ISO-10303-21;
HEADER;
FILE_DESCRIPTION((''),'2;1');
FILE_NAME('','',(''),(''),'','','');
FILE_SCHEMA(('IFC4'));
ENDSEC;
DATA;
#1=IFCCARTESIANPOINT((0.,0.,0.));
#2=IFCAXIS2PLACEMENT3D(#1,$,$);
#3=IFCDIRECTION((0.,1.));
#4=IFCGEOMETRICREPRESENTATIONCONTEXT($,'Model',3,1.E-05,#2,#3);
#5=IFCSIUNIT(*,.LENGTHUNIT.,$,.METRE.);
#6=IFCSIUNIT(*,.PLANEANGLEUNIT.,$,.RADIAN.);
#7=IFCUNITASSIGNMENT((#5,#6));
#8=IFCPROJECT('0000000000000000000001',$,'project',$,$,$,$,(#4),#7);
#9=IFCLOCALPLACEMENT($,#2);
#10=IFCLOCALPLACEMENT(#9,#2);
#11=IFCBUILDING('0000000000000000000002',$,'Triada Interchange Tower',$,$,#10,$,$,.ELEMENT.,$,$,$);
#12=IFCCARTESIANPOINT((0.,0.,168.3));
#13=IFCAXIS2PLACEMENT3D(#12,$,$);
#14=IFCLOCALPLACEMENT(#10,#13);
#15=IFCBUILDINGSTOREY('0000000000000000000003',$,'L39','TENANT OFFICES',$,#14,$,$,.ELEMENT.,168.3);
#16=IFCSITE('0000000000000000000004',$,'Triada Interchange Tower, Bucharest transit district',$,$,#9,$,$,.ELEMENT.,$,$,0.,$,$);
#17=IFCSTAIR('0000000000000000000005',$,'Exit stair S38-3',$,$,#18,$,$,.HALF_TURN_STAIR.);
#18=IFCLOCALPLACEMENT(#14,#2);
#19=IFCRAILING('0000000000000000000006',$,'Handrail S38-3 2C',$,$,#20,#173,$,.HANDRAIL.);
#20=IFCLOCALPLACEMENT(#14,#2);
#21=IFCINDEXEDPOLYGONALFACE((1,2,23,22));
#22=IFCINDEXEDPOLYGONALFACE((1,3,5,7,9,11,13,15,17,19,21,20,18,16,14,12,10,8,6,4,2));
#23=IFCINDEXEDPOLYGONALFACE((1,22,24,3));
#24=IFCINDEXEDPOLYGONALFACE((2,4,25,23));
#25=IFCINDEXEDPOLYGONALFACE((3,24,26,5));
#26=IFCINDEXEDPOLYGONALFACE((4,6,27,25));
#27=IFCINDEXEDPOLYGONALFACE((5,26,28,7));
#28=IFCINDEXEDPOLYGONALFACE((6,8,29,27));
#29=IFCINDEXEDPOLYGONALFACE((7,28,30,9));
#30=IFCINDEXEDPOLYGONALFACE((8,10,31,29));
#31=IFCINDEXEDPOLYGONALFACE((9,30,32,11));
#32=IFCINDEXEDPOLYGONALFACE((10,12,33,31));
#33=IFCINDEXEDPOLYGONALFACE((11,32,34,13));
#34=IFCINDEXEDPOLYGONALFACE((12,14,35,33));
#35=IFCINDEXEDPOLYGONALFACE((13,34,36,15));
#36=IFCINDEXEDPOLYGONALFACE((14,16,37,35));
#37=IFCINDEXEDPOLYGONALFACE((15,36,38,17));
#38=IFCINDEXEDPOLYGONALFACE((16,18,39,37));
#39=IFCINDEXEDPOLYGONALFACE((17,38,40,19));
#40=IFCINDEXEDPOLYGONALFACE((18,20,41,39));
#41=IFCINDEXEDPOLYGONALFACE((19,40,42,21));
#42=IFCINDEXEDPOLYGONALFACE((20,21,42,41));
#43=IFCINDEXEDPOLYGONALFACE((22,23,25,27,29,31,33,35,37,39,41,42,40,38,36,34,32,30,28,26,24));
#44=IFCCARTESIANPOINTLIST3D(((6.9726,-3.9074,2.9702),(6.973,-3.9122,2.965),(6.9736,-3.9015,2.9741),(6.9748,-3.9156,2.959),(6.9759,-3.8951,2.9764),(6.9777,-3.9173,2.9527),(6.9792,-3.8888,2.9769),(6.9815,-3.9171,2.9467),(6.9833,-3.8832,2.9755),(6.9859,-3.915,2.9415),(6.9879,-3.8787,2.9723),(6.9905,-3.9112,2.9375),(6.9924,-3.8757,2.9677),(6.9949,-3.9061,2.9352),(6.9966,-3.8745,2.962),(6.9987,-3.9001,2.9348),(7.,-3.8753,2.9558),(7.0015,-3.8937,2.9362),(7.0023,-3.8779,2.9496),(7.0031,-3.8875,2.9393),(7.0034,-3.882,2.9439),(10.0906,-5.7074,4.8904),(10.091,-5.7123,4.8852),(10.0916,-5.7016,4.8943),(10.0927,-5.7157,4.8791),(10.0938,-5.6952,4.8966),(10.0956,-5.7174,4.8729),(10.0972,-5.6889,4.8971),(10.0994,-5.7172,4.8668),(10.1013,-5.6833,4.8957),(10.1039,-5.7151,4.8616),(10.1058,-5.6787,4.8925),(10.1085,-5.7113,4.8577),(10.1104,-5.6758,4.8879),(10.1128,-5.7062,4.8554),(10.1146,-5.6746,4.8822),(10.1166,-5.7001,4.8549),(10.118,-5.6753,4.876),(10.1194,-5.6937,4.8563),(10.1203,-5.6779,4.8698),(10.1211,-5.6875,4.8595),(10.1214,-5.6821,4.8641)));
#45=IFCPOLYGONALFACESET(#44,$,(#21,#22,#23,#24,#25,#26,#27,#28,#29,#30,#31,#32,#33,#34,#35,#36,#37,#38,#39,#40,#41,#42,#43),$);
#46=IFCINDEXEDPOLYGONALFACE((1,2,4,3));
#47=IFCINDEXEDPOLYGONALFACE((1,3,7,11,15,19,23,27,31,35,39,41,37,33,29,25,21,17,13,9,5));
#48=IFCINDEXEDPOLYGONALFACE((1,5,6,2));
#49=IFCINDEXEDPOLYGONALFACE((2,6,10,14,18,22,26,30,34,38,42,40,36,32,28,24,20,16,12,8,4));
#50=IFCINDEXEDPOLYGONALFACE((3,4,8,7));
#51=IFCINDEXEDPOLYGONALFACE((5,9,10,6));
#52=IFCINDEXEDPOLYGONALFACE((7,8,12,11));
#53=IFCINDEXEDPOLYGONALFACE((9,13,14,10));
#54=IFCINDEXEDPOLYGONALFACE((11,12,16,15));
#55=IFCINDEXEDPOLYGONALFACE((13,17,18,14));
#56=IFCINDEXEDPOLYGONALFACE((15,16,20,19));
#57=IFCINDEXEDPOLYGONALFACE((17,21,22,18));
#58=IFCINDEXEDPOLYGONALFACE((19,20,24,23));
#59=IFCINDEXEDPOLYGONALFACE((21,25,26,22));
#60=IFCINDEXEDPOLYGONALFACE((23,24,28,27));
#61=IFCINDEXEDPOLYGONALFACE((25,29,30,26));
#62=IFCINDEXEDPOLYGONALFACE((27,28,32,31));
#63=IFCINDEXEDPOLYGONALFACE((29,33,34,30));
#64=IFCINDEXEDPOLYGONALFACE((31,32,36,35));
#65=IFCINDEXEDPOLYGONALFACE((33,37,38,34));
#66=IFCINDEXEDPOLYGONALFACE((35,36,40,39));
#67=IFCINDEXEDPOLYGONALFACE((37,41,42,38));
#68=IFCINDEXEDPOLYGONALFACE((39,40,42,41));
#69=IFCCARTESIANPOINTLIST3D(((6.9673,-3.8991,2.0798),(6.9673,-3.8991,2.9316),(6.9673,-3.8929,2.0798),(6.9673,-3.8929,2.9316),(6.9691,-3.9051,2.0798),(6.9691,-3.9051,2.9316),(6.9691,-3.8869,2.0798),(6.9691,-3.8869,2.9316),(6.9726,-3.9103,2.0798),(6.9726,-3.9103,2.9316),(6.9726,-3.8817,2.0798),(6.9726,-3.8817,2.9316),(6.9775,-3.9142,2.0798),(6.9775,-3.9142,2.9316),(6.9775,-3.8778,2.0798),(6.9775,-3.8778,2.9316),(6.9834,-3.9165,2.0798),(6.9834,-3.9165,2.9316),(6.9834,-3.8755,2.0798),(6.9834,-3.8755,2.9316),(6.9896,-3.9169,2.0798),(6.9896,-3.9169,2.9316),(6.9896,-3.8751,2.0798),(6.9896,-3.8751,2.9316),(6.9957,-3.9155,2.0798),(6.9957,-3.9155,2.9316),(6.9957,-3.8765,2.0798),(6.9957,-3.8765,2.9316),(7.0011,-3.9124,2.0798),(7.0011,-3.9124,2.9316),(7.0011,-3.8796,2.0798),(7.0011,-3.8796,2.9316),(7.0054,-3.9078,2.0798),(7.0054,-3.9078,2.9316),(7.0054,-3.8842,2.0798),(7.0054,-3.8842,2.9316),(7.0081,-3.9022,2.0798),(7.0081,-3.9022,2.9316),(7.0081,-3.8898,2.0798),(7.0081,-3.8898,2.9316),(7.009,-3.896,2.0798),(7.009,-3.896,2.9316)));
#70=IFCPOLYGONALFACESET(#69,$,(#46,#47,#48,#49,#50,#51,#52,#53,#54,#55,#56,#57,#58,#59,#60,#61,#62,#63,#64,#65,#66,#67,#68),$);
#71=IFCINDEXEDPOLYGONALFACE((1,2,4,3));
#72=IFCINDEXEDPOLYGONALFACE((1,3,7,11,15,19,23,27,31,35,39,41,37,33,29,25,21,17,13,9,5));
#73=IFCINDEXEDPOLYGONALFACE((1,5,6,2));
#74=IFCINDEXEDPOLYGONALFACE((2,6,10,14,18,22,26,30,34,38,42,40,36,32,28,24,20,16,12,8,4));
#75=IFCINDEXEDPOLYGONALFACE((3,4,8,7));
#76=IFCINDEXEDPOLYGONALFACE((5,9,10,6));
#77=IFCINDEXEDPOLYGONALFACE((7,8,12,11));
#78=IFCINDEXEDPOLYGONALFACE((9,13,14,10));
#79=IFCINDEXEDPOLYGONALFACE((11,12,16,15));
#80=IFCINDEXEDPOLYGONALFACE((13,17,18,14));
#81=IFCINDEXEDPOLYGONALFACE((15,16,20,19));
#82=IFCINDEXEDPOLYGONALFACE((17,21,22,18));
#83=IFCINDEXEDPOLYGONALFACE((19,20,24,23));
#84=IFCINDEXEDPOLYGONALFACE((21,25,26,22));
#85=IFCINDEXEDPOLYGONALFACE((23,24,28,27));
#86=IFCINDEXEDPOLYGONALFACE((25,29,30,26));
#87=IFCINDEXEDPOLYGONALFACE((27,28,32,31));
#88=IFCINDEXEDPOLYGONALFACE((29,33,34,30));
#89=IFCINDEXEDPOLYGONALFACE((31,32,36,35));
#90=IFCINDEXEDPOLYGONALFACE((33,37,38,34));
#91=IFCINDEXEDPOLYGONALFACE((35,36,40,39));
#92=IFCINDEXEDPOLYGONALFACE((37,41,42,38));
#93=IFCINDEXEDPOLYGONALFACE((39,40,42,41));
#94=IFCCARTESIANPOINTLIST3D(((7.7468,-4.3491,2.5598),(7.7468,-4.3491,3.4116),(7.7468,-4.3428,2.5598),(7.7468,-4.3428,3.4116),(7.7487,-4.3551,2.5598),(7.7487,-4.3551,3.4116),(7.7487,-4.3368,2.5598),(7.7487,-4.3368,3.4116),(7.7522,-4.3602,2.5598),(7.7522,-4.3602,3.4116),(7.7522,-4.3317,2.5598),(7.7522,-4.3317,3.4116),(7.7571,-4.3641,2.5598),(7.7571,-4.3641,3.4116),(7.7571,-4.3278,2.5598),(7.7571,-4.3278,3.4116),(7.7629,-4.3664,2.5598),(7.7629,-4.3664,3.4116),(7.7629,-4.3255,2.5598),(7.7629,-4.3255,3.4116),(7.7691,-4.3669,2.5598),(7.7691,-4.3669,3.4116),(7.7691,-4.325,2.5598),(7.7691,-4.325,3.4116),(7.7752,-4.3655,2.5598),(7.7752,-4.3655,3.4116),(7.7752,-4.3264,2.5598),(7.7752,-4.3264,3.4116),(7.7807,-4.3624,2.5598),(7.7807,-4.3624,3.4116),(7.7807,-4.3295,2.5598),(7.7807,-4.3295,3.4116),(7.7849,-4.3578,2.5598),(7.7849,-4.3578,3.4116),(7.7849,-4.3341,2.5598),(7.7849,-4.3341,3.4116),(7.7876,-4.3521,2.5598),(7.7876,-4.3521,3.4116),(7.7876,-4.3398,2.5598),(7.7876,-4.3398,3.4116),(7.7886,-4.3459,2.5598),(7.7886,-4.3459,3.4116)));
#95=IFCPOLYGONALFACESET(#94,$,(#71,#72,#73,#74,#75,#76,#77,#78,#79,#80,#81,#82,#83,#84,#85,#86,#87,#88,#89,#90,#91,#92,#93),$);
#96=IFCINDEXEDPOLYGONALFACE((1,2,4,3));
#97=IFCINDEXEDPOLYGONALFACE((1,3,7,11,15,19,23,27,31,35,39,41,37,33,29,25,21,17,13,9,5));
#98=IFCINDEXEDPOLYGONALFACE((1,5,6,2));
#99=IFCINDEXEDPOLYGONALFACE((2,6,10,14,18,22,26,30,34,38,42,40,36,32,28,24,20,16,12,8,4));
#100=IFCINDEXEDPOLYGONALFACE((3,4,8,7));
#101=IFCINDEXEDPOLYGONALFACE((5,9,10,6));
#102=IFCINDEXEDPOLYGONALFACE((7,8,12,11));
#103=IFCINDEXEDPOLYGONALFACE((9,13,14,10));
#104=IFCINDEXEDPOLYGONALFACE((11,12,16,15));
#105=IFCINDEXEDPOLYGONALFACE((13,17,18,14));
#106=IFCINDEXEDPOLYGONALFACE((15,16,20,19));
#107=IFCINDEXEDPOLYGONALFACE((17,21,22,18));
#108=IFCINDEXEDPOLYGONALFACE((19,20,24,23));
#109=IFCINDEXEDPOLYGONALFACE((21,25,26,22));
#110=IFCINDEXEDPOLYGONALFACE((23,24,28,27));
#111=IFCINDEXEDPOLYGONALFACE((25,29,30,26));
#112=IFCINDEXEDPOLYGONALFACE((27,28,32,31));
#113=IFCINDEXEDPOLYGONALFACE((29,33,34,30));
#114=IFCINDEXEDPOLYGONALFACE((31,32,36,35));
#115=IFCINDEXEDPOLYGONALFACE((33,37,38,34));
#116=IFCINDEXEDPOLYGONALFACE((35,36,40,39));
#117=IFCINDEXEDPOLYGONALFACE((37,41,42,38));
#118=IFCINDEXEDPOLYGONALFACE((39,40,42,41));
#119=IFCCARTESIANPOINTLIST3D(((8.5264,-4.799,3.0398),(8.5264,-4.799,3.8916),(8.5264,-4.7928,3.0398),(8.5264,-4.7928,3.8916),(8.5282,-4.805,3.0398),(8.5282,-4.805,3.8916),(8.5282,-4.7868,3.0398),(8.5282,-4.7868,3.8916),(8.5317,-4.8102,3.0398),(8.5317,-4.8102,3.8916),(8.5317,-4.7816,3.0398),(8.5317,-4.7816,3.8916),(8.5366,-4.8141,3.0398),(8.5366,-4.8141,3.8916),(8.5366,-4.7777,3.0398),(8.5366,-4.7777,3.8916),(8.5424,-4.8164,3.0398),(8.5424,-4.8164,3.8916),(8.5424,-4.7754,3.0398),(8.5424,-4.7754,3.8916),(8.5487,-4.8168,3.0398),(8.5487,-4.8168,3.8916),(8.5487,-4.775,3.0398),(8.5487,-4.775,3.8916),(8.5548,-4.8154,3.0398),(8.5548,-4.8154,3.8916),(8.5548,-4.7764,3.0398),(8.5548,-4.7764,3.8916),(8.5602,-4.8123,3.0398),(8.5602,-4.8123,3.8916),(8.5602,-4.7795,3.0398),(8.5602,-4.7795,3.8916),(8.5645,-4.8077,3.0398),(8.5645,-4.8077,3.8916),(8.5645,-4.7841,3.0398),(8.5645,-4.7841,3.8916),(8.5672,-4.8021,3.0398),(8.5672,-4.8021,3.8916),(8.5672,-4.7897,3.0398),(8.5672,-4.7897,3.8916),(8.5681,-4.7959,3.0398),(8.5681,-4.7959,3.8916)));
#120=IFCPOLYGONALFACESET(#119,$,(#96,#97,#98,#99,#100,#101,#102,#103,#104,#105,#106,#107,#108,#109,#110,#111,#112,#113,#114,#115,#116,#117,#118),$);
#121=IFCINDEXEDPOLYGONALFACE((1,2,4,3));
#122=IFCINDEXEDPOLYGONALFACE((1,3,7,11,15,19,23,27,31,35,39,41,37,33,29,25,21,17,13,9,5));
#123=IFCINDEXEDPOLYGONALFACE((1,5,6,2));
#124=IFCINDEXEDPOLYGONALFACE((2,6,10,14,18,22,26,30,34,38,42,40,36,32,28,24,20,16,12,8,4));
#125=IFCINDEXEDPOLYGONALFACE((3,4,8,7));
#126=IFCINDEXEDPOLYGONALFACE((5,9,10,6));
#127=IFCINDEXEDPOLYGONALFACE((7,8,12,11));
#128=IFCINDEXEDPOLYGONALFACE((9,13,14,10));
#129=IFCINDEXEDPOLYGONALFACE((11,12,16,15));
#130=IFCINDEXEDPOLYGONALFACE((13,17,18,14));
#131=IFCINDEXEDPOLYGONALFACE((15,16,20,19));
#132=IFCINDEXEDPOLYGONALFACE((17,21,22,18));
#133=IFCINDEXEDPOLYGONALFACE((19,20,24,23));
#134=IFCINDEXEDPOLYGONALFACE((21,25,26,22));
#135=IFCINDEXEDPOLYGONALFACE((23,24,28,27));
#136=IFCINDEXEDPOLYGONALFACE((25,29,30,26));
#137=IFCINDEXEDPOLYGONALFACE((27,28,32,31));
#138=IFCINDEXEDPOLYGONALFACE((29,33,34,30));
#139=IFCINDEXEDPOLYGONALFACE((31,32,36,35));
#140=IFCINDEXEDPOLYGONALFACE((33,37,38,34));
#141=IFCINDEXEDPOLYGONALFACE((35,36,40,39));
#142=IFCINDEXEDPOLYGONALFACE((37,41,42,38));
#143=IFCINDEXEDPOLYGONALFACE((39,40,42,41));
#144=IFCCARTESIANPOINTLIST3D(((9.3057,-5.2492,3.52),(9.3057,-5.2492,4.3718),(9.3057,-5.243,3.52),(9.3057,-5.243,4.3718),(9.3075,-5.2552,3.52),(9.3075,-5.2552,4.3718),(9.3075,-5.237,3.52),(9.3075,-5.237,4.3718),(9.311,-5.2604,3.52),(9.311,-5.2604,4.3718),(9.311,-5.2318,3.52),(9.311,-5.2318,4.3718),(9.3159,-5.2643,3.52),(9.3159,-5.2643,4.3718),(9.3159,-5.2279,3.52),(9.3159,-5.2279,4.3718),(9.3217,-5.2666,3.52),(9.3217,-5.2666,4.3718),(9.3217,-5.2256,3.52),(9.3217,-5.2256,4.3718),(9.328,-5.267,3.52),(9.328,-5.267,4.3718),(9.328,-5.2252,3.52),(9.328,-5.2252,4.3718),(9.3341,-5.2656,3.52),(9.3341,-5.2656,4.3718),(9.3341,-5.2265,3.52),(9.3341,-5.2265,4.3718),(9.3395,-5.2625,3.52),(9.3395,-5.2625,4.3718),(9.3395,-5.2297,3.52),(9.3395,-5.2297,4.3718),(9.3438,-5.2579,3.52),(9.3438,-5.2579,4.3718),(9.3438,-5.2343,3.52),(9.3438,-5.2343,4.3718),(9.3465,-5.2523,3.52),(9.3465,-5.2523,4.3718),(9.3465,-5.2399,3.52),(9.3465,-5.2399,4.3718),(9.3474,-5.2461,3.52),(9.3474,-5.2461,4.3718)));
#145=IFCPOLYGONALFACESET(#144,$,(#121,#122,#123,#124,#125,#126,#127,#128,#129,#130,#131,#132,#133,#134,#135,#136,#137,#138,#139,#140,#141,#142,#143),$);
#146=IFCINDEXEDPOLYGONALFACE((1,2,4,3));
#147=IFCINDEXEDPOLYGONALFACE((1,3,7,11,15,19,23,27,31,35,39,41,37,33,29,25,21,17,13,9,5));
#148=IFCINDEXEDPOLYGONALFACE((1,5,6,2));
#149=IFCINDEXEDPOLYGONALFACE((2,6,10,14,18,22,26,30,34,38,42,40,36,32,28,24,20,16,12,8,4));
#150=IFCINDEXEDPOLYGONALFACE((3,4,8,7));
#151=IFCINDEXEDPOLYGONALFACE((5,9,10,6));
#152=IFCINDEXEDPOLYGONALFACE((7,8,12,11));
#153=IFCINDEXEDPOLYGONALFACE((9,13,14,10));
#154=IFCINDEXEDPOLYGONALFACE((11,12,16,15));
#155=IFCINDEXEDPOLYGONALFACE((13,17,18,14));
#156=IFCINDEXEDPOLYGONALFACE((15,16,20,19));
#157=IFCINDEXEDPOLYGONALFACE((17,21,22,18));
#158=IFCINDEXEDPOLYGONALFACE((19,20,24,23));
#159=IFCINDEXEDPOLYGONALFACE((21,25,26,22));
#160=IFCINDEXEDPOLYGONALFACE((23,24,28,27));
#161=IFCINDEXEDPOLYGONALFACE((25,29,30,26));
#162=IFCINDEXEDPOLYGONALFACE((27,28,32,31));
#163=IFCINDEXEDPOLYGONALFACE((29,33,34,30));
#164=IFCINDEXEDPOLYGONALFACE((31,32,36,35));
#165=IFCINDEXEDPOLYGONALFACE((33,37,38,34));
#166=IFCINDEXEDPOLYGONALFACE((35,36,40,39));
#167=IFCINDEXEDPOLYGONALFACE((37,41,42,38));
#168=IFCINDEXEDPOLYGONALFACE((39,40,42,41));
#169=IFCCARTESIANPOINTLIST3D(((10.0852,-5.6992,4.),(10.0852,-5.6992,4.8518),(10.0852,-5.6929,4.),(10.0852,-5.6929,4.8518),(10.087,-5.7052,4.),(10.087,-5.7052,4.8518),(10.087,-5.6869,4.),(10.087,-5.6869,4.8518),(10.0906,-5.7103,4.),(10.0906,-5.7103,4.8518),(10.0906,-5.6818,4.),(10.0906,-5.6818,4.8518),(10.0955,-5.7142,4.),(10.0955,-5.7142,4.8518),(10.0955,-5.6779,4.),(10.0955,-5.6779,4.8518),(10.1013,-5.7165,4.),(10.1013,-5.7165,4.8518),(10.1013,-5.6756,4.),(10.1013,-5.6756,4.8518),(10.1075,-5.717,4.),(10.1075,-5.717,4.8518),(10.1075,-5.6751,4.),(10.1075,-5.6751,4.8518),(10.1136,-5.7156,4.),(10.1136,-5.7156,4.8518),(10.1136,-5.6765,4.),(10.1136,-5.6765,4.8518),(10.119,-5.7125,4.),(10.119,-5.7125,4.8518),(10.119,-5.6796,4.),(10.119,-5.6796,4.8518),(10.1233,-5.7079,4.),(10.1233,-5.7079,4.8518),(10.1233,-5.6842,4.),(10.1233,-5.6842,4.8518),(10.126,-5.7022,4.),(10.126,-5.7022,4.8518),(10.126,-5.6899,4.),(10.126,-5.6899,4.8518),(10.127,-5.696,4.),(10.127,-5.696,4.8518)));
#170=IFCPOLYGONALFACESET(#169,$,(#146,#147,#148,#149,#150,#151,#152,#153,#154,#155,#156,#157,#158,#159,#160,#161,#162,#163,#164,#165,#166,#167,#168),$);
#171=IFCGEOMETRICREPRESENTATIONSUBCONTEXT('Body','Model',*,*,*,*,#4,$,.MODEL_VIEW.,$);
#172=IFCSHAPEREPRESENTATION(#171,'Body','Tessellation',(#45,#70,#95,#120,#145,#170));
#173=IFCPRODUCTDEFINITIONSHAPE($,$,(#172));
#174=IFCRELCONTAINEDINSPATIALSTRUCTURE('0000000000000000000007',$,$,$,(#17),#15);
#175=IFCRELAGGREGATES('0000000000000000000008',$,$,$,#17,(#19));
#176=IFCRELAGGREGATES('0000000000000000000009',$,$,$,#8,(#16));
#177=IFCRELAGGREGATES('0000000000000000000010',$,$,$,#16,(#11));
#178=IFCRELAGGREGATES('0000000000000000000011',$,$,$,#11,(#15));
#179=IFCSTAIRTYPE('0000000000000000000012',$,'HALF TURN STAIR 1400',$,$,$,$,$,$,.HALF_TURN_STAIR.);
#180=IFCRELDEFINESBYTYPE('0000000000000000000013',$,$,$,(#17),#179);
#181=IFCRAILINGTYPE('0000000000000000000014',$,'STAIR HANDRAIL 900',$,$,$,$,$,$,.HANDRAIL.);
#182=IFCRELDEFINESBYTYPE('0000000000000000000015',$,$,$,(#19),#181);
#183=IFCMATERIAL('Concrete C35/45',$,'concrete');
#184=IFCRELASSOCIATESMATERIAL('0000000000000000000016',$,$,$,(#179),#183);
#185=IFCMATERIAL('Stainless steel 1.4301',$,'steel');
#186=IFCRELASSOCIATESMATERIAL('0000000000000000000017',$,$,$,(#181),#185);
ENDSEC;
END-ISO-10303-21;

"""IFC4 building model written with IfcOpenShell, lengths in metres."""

from ifc_helpers import new_model, si_unit, direction, frame, origin, origin_2d, place, context, subcontext, project, spatial, circle, extrude, material, type_object, element, aggregate, save


model = new_model("IFC4")

# Units and contexts
model_context = context("Model", 3, precision=1e-05, world=origin(), true_north=direction((0.0, 1.0)))
body_context = subcontext(model_context, "Body", "Model", "MODEL_VIEW")
ifc_project = project(units=[si_unit("LENGTHUNIT", "METRE"), si_unit("PLANEANGLEUNIT", "RADIAN")], contexts=[model_context])

# Site, building, storey
site_placement = place(None, origin())
site = spatial("IfcSite", under=ifc_project, at=site_placement, Name="Triada Interchange Tower, Bucharest transit district", CompositionType="ELEMENT", RefElevation=0.0)
building_placement = place(site_placement, origin())
building = spatial("IfcBuilding", under=site, at=building_placement, Name="Triada Interchange Tower", CompositionType="ELEMENT")
storey_placement = place(building_placement, frame((0.0, 0.0, 168.3)))
storey = spatial("IfcBuildingStorey", under=building, at=storey_placement, Name="L39", Description="TENANT OFFICES", CompositionType="ELEMENT", Elevation=168.3)

# Stair, railing
ifc_material_1 = material(Name="Concrete C35/45", Category="concrete")
stair_type = type_object("IfcStairType", Name="HALF TURN STAIR 1400", PredefinedType="HALF_TURN_STAIR", material=ifc_material_1)
stair_placement = place(storey_placement, origin())
stair = element("IfcStair", 1, at=stair_placement, inside=storey, type_object=stair_type, Name="Exit stair S38-3", PredefinedType="HALF_TURN_STAIR")
ifc_material_2 = material(Name="Stainless steel 1.4301", Category="steel")
railing_type = type_object("IfcRailingType", Name="STAIR HANDRAIL 900", PredefinedType="HANDRAIL", material=ifc_material_2)
railing_1_placement = place(storey_placement, frame((6.988, -3.896, 2.0798)))
railing_1 = element("IfcRailing", 2, at=railing_1_placement, type_object=railing_type, Name="Handrail S38-3 2C", PredefinedType="HANDRAIL", context=body_context, shape_type="SweptSolid", body=[
    extrude(circle(Radius=0.0239, at=origin_2d()), frame((0.0, 0.0, 0.876), z_axis=(0.764145, -0.441159, 0.470597), x_axis=(0.499983, 0.866035, 0.0)), (0.0, 0.0, 1.0), 4.0803),
    extrude(circle(Radius=0.021, at=origin_2d()), origin(), (0.0, 0.0, 1.0), 0.8518),
    extrude(circle(Radius=0.021, at=origin_2d()), frame((0.7795, -0.45, 0.48)), (0.0, 0.0, 1.0), 0.8518),
    extrude(circle(Radius=0.021, at=origin_2d()), frame((1.5591, -0.8999, 0.96)), (0.0, 0.0, 1.0), 0.8518),
    extrude(circle(Radius=0.021, at=origin_2d()), frame((2.3384, -1.3501, 1.4402)), (0.0, 0.0, 1.0), 0.8518),
    extrude(circle(Radius=0.021, at=origin_2d()), frame((3.1179, -1.8, 1.9202)), (0.0, 0.0, 1.0), 0.8518),
])
aggregate(stair, [railing_1])

save(model, "model.ifc")
